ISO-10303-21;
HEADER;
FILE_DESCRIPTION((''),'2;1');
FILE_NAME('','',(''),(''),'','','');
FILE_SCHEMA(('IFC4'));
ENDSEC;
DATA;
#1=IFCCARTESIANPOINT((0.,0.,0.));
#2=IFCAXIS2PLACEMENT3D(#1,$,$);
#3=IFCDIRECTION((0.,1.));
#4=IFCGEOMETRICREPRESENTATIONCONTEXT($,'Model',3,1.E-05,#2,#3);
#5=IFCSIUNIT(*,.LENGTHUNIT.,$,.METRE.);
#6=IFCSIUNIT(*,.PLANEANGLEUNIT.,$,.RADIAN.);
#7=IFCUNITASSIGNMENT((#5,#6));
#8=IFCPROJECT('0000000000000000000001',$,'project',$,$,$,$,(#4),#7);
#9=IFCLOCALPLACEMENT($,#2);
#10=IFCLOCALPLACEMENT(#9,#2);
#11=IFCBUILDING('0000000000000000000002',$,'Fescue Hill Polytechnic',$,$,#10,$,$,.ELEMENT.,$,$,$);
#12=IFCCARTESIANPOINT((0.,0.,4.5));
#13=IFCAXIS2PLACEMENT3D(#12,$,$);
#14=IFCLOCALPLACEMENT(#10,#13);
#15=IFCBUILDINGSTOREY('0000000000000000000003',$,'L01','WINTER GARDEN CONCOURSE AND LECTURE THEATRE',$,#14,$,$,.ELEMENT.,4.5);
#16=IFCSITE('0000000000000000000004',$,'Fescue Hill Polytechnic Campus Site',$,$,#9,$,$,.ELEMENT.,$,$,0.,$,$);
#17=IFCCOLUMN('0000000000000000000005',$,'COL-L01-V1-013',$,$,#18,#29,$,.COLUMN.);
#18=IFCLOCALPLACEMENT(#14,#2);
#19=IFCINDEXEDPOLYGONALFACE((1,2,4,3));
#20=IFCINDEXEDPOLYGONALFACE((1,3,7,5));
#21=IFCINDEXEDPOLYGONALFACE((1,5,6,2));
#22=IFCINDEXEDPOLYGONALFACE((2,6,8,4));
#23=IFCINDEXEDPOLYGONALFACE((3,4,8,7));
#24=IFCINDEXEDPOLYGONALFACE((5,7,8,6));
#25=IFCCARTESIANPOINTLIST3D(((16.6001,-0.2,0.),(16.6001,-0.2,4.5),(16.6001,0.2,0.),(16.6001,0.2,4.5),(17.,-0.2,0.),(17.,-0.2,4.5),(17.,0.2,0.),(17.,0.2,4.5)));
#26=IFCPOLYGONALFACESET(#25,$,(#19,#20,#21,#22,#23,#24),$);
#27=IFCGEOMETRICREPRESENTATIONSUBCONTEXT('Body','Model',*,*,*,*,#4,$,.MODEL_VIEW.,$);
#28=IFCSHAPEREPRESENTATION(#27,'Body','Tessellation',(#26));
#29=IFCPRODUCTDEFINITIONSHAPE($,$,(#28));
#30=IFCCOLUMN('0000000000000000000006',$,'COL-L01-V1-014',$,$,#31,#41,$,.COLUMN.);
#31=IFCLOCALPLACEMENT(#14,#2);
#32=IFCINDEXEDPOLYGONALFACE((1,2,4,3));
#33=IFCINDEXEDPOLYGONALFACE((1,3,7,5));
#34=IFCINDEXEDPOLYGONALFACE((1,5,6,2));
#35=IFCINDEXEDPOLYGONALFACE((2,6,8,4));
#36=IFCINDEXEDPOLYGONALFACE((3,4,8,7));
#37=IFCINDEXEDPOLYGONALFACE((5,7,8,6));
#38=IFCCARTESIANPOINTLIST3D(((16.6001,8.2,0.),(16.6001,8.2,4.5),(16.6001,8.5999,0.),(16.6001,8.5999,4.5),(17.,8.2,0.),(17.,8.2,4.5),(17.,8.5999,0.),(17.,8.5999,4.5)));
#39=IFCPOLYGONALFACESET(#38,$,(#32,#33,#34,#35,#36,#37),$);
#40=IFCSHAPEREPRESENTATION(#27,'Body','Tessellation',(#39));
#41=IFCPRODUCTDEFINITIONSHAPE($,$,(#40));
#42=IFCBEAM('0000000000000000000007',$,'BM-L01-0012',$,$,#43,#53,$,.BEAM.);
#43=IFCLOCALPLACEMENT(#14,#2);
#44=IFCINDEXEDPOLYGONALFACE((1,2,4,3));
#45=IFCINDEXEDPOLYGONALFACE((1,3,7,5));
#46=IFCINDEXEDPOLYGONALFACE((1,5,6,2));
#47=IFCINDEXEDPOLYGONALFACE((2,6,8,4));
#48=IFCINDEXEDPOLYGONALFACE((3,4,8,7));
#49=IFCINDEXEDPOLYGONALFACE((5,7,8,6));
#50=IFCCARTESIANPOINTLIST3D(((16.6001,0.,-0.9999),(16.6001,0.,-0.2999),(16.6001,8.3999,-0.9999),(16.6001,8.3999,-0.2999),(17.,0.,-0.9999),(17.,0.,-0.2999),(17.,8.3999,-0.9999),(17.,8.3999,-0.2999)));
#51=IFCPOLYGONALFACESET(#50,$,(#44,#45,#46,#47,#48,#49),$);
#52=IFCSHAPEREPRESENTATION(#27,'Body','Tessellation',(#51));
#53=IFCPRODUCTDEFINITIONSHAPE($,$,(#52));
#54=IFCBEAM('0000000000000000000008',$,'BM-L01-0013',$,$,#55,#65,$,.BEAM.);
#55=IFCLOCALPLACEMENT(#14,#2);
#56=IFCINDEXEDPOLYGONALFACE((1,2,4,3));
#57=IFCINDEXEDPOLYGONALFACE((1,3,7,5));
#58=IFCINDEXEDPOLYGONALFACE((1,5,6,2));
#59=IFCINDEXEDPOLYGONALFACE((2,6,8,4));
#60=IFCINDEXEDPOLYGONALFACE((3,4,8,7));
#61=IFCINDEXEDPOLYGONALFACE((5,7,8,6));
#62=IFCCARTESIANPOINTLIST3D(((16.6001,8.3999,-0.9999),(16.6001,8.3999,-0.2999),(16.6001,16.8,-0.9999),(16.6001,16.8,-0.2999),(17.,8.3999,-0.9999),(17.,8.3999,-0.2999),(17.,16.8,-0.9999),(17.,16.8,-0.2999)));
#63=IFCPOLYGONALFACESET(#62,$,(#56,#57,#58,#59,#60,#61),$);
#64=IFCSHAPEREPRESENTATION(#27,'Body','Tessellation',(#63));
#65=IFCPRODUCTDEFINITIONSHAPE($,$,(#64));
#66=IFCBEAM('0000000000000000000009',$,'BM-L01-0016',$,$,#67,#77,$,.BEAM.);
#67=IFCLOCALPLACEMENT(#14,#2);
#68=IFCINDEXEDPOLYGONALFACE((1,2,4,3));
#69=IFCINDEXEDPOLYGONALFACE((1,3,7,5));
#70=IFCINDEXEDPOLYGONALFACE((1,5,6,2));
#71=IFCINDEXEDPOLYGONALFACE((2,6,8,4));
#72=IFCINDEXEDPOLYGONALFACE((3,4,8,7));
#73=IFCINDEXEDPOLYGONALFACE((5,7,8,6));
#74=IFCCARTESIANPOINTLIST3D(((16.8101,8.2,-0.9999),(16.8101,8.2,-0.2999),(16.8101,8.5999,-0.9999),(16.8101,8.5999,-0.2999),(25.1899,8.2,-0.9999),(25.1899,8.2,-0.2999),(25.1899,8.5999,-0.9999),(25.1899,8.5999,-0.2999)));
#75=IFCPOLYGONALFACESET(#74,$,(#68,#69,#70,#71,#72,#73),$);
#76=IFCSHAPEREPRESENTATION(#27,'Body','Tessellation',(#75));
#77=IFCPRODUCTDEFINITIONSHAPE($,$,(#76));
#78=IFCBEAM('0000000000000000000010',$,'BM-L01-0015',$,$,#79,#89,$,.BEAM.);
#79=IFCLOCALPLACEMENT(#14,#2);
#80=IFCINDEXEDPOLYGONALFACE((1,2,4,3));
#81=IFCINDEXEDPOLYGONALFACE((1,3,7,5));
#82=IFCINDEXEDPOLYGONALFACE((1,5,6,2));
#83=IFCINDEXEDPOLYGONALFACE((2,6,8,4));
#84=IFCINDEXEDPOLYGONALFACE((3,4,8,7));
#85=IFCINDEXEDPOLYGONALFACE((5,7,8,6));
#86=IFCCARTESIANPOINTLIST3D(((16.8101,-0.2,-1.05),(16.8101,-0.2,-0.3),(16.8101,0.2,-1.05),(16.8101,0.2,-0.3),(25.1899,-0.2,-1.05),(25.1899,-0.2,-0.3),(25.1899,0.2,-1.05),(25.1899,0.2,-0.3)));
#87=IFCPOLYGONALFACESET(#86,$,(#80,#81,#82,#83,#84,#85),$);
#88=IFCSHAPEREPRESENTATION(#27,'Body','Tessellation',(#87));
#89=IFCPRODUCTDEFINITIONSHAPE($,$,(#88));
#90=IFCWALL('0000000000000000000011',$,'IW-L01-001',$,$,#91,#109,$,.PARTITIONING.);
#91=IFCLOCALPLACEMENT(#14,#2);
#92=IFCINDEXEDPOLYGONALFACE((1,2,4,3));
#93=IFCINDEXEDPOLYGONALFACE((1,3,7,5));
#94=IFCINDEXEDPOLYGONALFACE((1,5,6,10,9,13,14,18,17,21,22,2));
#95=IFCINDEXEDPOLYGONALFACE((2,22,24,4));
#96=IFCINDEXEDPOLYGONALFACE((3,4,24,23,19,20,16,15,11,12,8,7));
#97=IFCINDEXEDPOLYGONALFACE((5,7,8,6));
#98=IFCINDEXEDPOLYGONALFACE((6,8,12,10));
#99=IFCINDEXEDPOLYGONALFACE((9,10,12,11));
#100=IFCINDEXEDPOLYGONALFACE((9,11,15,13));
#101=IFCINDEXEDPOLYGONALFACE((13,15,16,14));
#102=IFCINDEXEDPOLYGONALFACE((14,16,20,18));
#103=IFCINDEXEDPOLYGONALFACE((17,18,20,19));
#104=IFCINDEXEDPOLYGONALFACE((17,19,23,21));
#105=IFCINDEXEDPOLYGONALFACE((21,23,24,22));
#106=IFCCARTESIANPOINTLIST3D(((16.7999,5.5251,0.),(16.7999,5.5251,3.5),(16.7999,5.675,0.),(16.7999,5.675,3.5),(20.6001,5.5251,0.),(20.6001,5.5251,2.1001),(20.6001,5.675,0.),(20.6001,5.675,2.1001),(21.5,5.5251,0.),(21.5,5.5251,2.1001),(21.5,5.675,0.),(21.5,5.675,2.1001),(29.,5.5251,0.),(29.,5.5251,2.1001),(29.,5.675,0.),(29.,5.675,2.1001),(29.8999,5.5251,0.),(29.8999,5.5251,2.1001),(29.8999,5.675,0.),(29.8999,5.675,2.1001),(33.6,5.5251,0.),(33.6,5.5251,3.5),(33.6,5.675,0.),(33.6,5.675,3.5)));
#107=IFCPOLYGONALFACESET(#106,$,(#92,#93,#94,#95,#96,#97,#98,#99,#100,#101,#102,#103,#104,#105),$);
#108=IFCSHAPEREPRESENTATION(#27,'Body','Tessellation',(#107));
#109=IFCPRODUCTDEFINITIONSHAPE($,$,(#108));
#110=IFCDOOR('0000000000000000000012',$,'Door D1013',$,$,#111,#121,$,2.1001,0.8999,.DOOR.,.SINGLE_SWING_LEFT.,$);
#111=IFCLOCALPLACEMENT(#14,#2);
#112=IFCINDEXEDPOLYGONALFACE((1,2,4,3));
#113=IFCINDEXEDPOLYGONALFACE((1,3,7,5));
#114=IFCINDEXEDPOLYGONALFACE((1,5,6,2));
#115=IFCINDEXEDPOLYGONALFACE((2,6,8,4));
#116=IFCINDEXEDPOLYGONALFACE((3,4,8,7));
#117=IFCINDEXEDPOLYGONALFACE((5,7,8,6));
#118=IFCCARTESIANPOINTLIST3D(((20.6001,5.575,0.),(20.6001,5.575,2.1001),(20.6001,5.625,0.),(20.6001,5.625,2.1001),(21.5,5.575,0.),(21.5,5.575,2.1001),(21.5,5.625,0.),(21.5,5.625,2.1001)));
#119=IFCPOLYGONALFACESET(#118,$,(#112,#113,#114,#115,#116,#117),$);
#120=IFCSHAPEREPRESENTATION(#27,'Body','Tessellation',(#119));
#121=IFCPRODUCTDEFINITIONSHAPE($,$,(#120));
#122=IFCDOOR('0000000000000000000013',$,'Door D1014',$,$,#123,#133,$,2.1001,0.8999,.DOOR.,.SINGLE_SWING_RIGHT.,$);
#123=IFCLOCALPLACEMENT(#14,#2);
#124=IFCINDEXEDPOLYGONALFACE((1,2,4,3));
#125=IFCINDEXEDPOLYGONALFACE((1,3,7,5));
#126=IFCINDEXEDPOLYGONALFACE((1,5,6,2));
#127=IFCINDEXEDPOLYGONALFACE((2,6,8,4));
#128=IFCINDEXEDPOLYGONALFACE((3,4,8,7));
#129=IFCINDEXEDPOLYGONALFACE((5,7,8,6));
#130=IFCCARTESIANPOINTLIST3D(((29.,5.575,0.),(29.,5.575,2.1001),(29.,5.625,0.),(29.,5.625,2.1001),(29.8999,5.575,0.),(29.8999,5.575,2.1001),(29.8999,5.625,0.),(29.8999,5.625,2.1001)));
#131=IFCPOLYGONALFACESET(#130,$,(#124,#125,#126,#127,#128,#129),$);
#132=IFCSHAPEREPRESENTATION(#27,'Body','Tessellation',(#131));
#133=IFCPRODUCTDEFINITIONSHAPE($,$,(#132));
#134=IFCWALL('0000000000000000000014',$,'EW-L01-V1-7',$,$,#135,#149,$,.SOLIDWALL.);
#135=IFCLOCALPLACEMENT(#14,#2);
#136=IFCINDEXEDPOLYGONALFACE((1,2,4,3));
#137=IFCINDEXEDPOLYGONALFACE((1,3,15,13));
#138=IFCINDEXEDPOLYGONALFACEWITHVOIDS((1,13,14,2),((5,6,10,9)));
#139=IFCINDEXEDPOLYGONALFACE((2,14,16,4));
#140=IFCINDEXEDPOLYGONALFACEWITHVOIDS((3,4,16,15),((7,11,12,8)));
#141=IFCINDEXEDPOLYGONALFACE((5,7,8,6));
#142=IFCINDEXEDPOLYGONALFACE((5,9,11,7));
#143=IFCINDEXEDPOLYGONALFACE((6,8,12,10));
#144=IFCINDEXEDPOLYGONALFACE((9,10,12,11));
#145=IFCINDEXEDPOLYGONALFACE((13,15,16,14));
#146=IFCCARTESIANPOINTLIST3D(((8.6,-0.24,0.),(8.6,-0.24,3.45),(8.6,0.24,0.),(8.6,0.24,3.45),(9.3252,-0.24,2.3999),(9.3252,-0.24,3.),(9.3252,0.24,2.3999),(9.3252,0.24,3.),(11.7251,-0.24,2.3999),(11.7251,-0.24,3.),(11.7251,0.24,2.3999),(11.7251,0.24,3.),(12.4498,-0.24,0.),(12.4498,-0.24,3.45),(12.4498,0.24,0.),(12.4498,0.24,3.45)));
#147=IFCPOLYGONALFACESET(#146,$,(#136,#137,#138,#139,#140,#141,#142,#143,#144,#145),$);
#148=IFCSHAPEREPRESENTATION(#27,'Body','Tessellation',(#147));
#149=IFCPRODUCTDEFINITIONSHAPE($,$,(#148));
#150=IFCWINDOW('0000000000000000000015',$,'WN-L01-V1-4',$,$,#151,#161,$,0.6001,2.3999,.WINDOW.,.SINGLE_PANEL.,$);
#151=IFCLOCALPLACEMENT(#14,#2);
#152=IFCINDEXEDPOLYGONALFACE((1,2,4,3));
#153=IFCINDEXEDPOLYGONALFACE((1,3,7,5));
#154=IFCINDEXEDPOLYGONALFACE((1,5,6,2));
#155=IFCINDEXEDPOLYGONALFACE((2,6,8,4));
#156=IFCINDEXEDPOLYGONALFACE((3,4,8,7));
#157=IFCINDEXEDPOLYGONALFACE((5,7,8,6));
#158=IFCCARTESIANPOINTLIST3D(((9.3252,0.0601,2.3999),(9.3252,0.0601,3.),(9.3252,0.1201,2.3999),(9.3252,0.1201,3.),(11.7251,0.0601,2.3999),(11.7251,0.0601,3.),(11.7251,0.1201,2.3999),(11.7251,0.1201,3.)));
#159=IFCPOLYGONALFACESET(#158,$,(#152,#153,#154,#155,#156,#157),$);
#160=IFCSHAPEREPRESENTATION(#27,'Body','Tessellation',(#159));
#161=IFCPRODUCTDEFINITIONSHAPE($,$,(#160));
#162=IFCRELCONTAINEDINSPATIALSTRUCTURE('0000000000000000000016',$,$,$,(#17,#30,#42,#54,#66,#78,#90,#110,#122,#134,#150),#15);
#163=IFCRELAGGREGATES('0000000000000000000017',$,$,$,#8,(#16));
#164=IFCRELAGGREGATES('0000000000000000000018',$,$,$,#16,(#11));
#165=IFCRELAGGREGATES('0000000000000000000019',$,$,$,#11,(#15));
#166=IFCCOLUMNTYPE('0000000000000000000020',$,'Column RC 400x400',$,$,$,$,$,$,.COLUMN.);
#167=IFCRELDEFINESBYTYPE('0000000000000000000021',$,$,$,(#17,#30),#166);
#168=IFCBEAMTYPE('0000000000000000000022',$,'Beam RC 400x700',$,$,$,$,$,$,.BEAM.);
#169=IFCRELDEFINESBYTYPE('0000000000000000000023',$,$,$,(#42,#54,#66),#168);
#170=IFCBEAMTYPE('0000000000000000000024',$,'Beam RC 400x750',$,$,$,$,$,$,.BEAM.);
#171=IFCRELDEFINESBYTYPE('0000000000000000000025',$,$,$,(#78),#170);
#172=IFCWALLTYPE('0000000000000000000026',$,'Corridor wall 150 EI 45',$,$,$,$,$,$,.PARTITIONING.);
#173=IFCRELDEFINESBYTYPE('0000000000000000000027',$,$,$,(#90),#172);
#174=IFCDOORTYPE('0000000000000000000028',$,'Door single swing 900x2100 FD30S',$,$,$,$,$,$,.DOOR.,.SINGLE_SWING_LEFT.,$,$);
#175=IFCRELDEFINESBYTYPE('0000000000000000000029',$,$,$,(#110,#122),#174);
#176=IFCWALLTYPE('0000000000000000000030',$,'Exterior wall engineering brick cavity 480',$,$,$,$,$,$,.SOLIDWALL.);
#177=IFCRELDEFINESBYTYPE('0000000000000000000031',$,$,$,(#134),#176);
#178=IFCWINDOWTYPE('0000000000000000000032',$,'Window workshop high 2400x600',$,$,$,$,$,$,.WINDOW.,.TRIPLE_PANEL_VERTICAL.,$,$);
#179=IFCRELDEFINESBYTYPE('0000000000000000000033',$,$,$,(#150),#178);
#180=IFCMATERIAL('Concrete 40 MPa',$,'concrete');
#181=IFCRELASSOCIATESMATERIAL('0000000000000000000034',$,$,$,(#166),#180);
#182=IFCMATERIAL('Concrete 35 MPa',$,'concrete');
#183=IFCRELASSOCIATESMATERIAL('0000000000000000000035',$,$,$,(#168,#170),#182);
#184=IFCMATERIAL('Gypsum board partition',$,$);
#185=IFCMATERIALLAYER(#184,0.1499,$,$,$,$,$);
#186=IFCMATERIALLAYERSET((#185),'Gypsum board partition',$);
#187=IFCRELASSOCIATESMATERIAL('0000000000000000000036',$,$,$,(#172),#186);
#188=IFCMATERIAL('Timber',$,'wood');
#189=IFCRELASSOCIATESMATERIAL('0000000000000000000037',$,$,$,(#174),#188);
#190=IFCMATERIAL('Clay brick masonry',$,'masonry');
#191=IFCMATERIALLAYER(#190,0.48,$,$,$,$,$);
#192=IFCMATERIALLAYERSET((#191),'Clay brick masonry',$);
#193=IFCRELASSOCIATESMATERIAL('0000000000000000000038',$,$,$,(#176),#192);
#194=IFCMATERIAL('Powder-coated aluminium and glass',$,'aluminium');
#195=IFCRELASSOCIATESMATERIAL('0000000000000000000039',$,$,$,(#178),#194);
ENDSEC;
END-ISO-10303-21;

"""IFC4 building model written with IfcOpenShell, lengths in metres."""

from ifc_helpers import new_model, si_unit, direction, frame, frame_2d, origin, origin_2d, place, context, subcontext, project, spatial, rectangle, extrude, material, layer, layer_set, material_profile, profile_set, type_object, element, fill, save


model = new_model("IFC4")

# Units and contexts
model_context = context("Model", 3, precision=1e-05, world=origin(), true_north=direction((0.0, 1.0)))
body_context = subcontext(model_context, "Body", "Model", "MODEL_VIEW")
ifc_project = project(units=[si_unit("LENGTHUNIT", "METRE"), si_unit("PLANEANGLEUNIT", "RADIAN")], contexts=[model_context])

# Site, building, storey
site_placement = place(None, origin())
site = spatial("IfcSite", under=ifc_project, at=site_placement, Name="Fescue Hill Polytechnic Campus Site", CompositionType="ELEMENT", RefElevation=0.0)
building_placement = place(site_placement, origin())
building = spatial("IfcBuilding", under=site, at=building_placement, Name="Fescue Hill Polytechnic", CompositionType="ELEMENT")
storey_placement = place(building_placement, frame((0.0, 0.0, 4.5)))
storey = spatial("IfcBuildingStorey", under=building, at=storey_placement, Name="L01", Description="WINTER GARDEN CONCOURSE AND LECTURE THEATRE", CompositionType="ELEMENT", Elevation=4.5)

# Columns
ifc_material_1 = material(Name="Concrete 40 MPa", Category="concrete")
ifc_material_profile_1 = material_profile(ifc_material_1, rectangle(XDim=0.3999, YDim=0.3999, at=origin_2d()), Name="RC 400x400")
ifc_profile_set_1 = profile_set([ifc_material_profile_1], Name="Concrete 40 MPa")
column_type = type_object("IfcColumnType", Name="Column RC 400x400", PredefinedType="COLUMN", material=ifc_profile_set_1)
for number, where, z_axis, x_axis, name in (
    (1, (16.8, 0.0, 0.0), (0.0, 0.0, 1.0), (1.0, 0.0, 0.0), "COL-L01-V1-013"),
    (2, (16.8, 8.3999, 0.0), (0.0, 0.0, 1.0), (1.0, 0.0, 0.0), "COL-L01-V1-014"),
):
    element("IfcColumn", number, at=place(storey_placement, frame(where, z_axis=z_axis, x_axis=x_axis)), inside=storey, type_object=column_type, Name=name, PredefinedType="COLUMN", context=body_context, shape_type="SweptSolid", body=[
        extrude(rectangle(XDim=0.3999, YDim=0.3999, at=origin_2d()), origin(), (0.0, 0.0, 1.0), 4.5),
    ])

# Beams
ifc_material_2 = material(Name="Concrete 35 MPa", Category="concrete")
ifc_material_profile_2 = material_profile(ifc_material_2, rectangle(XDim=0.3999, YDim=0.7, at=origin_2d()), Name="RC 400x700")
ifc_profile_set_2 = profile_set([ifc_material_profile_2], Name="Concrete 35 MPa")
beam_type_1 = type_object("IfcBeamType", Name="Beam RC 400x700", PredefinedType="BEAM", material=ifc_profile_set_2)
beam_1_placement = place(storey_placement, frame((16.8, 0.0, -0.6499), z_axis=(0.0, 1.0, 0.0), x_axis=(-1.0, 0.0, 0.0)))
element("IfcBeam", 3, at=beam_1_placement, inside=storey, type_object=beam_type_1, Name="BM-L01-0012", PredefinedType="BEAM", context=body_context, shape_type="SweptSolid", body=[
    extrude(rectangle(XDim=0.3999, YDim=0.7, at=origin_2d()), origin(), (0.0, 0.0, 1.0), 8.3999),
])
beam_2_placement = place(storey_placement, frame((16.8, 8.3999, -0.6499), z_axis=(0.0, 1.0, 0.0), x_axis=(-1.0, 0.0, 0.0)))
element("IfcBeam", 4, at=beam_2_placement, inside=storey, type_object=beam_type_1, Name="BM-L01-0013", PredefinedType="BEAM", context=body_context, shape_type="SweptSolid", body=[
    extrude(rectangle(XDim=0.3999, YDim=0.7, at=origin_2d()), origin(), (0.0, 0.0, 1.0), 8.4001),
])
beam_3_placement = place(storey_placement, frame((16.8101, 8.3999, -0.6499), z_axis=(1.0, 0.0, 0.0), x_axis=(0.0, 1.0, 0.0)))
element("IfcBeam", 5, at=beam_3_placement, inside=storey, type_object=beam_type_1, Name="BM-L01-0016", PredefinedType="BEAM", context=body_context, shape_type="SweptSolid", body=[
    extrude(rectangle(XDim=0.3999, YDim=0.7, at=origin_2d()), origin(), (0.0, 0.0, 1.0), 8.3799),
])
ifc_material_profile_3 = material_profile(ifc_material_2, rectangle(XDim=0.3999, YDim=0.75, at=origin_2d()), Name="RC 400x750")
ifc_profile_set_3 = profile_set([ifc_material_profile_3], Name="Concrete 35 MPa")
beam_type_2 = type_object("IfcBeamType", Name="Beam RC 400x750", PredefinedType="BEAM", material=ifc_profile_set_3)
beam_4_placement = place(storey_placement, frame((16.8101, 0.0, -0.675), z_axis=(1.0, 0.0, 0.0), x_axis=(0.0, 1.0, 0.0)))
element("IfcBeam", 6, at=beam_4_placement, inside=storey, type_object=beam_type_2, Name="BM-L01-0015", PredefinedType="BEAM", context=body_context, shape_type="SweptSolid", body=[
    extrude(rectangle(XDim=0.3999, YDim=0.75, at=origin_2d()), origin(), (0.0, 0.0, 1.0), 8.3799),
])

# Wall, openings, doors
ifc_material_3 = material(Name="Gypsum board partition")
ifc_layer_1 = layer(ifc_material_3, 0.1499)
ifc_layer_set_1 = layer_set([ifc_layer_1], Name="Gypsum board partition")
wall_type_1 = type_object("IfcWallType", Name="Corridor wall 150 EI 45", PredefinedType="PARTITIONING", material=ifc_layer_set_1)
wall_1_placement = place(storey_placement, frame((16.8, 5.6001, 0.0), z_axis=(0.0, 0.0, 1.0), x_axis=(1.0, 0.0, 0.0)))
wall_1 = element("IfcWall", 7, at=wall_1_placement, inside=storey, type_object=wall_type_1, Name="IW-L01-001", PredefinedType="PARTITIONING", context=body_context, shape_type="SweptSolid", body=[
    extrude(rectangle(XDim=16.8, YDim=0.1499, at=frame_2d((8.3999, 0.0))), origin(), (0.0, 0.0, 1.0), 3.5),
])
opening_1_placement = place(wall_1_placement, frame((3.8, 0.0, 0.0)))
opening_1 = element("IfcOpeningElement", 8, at=opening_1_placement, cuts=wall_1, PredefinedType="OPENING", context=body_context, shape_type="SweptSolid", body=[
    extrude(rectangle(XDim=0.8999, YDim=2.1001, at=frame_2d((0.45, 1.05))), frame((0.0, 0.085, 0.0), z_axis=(0.0, -1.0, 0.0), x_axis=(1.0, 0.0, 0.0)), (0.0, 0.0, 1.0), 0.1699),
])
opening_2_placement = place(wall_1_placement, frame((12.2, 0.0, 0.0)))
opening_2 = element("IfcOpeningElement", 9, at=opening_2_placement, cuts=wall_1, PredefinedType="OPENING", context=body_context, shape_type="SweptSolid", body=[
    extrude(rectangle(XDim=0.8999, YDim=2.1001, at=frame_2d((0.45, 1.05))), frame((0.0, 0.085, 0.0), z_axis=(0.0, -1.0, 0.0), x_axis=(1.0, 0.0, 0.0)), (0.0, 0.0, 1.0), 0.1699),
])
ifc_material_4 = material(Name="Timber", Category="wood")
door_type_1 = type_object("IfcDoorType", Name="Door single swing 900x2100 FD30S", OperationType="SINGLE_SWING_LEFT", PredefinedType="DOOR", material=ifc_material_4)
door_1_placement = place(opening_1_placement, origin())
door_1 = element("IfcDoor", 10, at=door_1_placement, inside=storey, type_object=door_type_1, Name="Door D1013", OperationType="SINGLE_SWING_LEFT", OverallHeight=2.1001, OverallWidth=0.8999, PredefinedType="DOOR", context=body_context, shape_type="SweptSolid", body=[
    extrude(rectangle(XDim=0.8999, YDim=2.1001, at=frame_2d((0.45, 1.05))), frame((0.0, 0.0249, 0.0), z_axis=(0.0, -1.0, 0.0), x_axis=(1.0, 0.0, 0.0)), (0.0, 0.0, 1.0), 0.05),
])
fill(opening_1, door_1)
door_2_placement = place(opening_2_placement, origin())
door_2 = element("IfcDoor", 11, at=door_2_placement, inside=storey, type_object=door_type_1, Name="Door D1014", OperationType="SINGLE_SWING_RIGHT", OverallHeight=2.1001, OverallWidth=0.8999, PredefinedType="DOOR", context=body_context, shape_type="SweptSolid", body=[
    extrude(rectangle(XDim=0.8999, YDim=2.1001, at=frame_2d((0.45, 1.05))), frame((0.0, 0.0249, 0.0), z_axis=(0.0, -1.0, 0.0), x_axis=(1.0, 0.0, 0.0)), (0.0, 0.0, 1.0), 0.05),
])
fill(opening_2, door_2)

# Wall, opening, window
ifc_material_5 = material(Name="Clay brick masonry", Category="masonry")
ifc_layer_2 = layer(ifc_material_5, 0.48)
ifc_layer_set_2 = layer_set([ifc_layer_2], Name="Clay brick masonry")
wall_type_2 = type_object("IfcWallType", Name="Exterior wall engineering brick cavity 480", PredefinedType="SOLIDWALL", material=ifc_layer_set_2)
wall_2_placement = place(storey_placement, frame((8.6001, 0.0, 0.0), z_axis=(0.0, 0.0, 1.0), x_axis=(1.0, 0.0, 0.0)))
wall_2 = element("IfcWall", 12, at=wall_2_placement, inside=storey, type_object=wall_type_2, Name="EW-L01-V1-7", PredefinedType="SOLIDWALL", context=body_context, shape_type="SweptSolid", body=[
    extrude(rectangle(XDim=3.8499, YDim=0.48, at=frame_2d((1.9248, 0.0))), origin(), (0.0, 0.0, 1.0), 3.45),
])
opening_3_placement = place(wall_2_placement, frame((0.7251, 0.0, 2.3999)))
opening_3 = element("IfcOpeningElement", 13, at=opening_3_placement, cuts=wall_2, PredefinedType="OPENING", context=body_context, shape_type="SweptSolid", body=[
    extrude(rectangle(XDim=2.3999, YDim=0.6001, at=frame_2d((1.2, 0.3))), frame((0.0, 0.25, 0.0), z_axis=(0.0, -1.0, 0.0), x_axis=(1.0, 0.0, 0.0)), (0.0, 0.0, 1.0), 0.5),
])
ifc_material_6 = material(Name="Powder-coated aluminium and glass", Category="aluminium")
window_type = type_object("IfcWindowType", Name="Window workshop high 2400x600", PartitioningType="TRIPLE_PANEL_VERTICAL", PredefinedType="WINDOW", material=ifc_material_6)
window_1_placement = place(opening_3_placement, origin())
window_1 = element("IfcWindow", 14, at=window_1_placement, inside=storey, type_object=window_type, Name="WN-L01-V1-4", OverallHeight=0.6001, OverallWidth=2.3999, PartitioningType="SINGLE_PANEL", PredefinedType="WINDOW", context=body_context, shape_type="SweptSolid", body=[
    extrude(rectangle(XDim=2.3999, YDim=0.6001, at=frame_2d((1.2, 0.3))), frame((0.0, 0.1201, 0.0), z_axis=(0.0, -1.0, 0.0), x_axis=(1.0, 0.0, 0.0)), (0.0, 0.0, 1.0), 0.0601),
])
fill(opening_3, window_1)

save(model, "model.ifc")
